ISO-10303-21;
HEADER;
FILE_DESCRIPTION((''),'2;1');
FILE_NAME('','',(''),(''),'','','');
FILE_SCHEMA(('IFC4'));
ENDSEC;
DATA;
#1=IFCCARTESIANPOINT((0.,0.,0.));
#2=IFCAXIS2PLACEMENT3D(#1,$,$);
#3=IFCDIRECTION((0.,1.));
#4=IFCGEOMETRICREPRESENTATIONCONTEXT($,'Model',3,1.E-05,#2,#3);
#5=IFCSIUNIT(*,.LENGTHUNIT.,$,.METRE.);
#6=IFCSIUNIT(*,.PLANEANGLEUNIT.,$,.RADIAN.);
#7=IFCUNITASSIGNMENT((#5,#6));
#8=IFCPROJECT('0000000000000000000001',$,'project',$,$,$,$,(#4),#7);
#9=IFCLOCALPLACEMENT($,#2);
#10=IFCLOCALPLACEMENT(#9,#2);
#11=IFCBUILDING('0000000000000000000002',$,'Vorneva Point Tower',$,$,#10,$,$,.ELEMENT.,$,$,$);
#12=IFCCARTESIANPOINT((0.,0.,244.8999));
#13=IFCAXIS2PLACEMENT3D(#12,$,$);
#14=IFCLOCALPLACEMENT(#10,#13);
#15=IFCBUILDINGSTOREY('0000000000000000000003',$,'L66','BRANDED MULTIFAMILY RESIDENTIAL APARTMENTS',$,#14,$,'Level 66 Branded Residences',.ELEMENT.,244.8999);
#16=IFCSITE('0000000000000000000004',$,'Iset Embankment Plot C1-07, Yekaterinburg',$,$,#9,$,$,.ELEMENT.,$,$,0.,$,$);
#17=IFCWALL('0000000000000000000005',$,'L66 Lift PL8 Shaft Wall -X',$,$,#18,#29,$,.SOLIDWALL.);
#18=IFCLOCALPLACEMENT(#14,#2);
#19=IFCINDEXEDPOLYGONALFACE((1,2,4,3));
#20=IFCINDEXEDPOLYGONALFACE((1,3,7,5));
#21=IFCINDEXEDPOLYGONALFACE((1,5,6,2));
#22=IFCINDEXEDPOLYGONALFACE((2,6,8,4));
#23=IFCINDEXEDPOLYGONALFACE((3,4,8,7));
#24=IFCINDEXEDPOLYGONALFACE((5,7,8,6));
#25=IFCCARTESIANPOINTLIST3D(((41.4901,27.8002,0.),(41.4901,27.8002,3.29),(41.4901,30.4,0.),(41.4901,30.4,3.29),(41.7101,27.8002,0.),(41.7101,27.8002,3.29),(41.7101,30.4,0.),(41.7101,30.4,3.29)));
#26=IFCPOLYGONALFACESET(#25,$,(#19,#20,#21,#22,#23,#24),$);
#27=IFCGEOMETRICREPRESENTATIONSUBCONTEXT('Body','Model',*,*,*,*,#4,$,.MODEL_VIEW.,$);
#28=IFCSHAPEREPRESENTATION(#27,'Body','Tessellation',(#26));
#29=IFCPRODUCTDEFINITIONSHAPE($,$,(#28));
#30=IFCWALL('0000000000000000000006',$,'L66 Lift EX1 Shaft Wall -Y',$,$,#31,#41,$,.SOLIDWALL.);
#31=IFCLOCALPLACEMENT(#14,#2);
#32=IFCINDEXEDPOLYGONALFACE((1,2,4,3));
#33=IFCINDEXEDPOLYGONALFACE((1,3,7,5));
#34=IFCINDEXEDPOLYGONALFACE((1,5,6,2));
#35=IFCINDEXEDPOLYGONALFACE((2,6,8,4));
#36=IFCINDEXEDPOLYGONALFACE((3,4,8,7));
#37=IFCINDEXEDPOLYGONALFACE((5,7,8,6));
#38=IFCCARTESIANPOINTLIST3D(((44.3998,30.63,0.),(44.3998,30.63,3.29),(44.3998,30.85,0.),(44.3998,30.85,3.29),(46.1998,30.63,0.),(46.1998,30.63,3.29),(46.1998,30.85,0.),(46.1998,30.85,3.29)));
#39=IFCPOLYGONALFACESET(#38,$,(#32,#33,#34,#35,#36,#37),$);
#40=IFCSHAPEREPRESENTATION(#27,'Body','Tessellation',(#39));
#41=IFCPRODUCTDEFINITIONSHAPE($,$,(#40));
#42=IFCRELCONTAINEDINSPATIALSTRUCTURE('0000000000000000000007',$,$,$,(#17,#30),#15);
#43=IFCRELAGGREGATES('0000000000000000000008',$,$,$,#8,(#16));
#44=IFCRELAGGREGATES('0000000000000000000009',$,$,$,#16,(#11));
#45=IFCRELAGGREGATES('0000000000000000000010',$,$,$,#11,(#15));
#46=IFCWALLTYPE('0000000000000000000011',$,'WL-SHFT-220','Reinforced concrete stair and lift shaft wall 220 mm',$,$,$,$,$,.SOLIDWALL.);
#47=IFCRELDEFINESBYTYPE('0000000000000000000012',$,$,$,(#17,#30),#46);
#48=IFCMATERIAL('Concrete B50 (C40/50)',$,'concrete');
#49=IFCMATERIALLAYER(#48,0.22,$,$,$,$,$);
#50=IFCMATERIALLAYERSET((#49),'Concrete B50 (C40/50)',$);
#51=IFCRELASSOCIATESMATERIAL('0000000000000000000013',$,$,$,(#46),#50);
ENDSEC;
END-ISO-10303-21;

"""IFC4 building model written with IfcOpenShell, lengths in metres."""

from ifc_helpers import new_model, si_unit, direction, frame, frame_2d, origin, place, context, subcontext, project, spatial, rectangle, extrude, material, layer, layer_set, type_object, element, save


model = new_model("IFC4")

# Units and contexts
model_context = context("Model", 3, precision=1e-05, world=origin(), true_north=direction((0.0, 1.0)))
body_context = subcontext(model_context, "Body", "Model", "MODEL_VIEW")
ifc_project = project(units=[si_unit("LENGTHUNIT", "METRE"), si_unit("PLANEANGLEUNIT", "RADIAN")], contexts=[model_context])

# Site, building, storey
site_placement = place(None, origin())
site = spatial("IfcSite", under=ifc_project, at=site_placement, Name="Iset Embankment Plot C1-07, Yekaterinburg", CompositionType="ELEMENT", RefElevation=0.0)
building_placement = place(site_placement, origin())
building = spatial("IfcBuilding", under=site, at=building_placement, Name="Vorneva Point Tower", CompositionType="ELEMENT")
storey_placement = place(building_placement, frame((0.0, 0.0, 244.8999)))
storey = spatial("IfcBuildingStorey", under=building, at=storey_placement, Name="L66", Description="BRANDED MULTIFAMILY RESIDENTIAL APARTMENTS", LongName="Level 66 Branded Residences", CompositionType="ELEMENT", Elevation=244.8999)

# Shared definitions
ifc_material_1 = material(Name="Concrete B50 (C40/50)", Category="concrete")

# Shared definitions
ifc_layer_1 = layer(ifc_material_1, 0.22)
ifc_layer_set_1 = layer_set([ifc_layer_1], Name="Concrete B50 (C40/50)")
wall_type_1 = type_object("IfcWallType", Name="WL-SHFT-220", Description="Reinforced concrete stair and lift shaft wall 220 mm", PredefinedType="SOLIDWALL", material=ifc_layer_set_1)

# Walls
wall_1_placement = place(storey_placement, frame((41.6001, 30.3999, 0.0), z_axis=(0.0, 0.0, 1.0), x_axis=(0.0, -1.0, 0.0)))
element("IfcWall", 1, at=wall_1_placement, inside=storey, type_object=wall_type_1, Name="L66 Lift PL8 Shaft Wall -X", PredefinedType="SOLIDWALL", context=body_context, shape_type="SweptSolid", body=[
    extrude(rectangle(XDim=2.5999, YDim=0.22, at=frame_2d((1.2998, 0.0))), origin(), (0.0, 0.0, 1.0), 3.29),
])
wall_2_placement = place(storey_placement, frame((44.3999, 30.74, 0.0), z_axis=(0.0, 0.0, 1.0), x_axis=(1.0, 0.0, 0.0)))
element("IfcWall", 2, at=wall_2_placement, inside=storey, type_object=wall_type_1, Name="L66 Lift EX1 Shaft Wall -Y", PredefinedType="SOLIDWALL", context=body_context, shape_type="SweptSolid", body=[
    extrude(rectangle(XDim=1.8, YDim=0.22, at=frame_2d((0.8999, 0.0))), origin(), (0.0, 0.0, 1.0), 3.29),
])

save(model, "model.ifc")
